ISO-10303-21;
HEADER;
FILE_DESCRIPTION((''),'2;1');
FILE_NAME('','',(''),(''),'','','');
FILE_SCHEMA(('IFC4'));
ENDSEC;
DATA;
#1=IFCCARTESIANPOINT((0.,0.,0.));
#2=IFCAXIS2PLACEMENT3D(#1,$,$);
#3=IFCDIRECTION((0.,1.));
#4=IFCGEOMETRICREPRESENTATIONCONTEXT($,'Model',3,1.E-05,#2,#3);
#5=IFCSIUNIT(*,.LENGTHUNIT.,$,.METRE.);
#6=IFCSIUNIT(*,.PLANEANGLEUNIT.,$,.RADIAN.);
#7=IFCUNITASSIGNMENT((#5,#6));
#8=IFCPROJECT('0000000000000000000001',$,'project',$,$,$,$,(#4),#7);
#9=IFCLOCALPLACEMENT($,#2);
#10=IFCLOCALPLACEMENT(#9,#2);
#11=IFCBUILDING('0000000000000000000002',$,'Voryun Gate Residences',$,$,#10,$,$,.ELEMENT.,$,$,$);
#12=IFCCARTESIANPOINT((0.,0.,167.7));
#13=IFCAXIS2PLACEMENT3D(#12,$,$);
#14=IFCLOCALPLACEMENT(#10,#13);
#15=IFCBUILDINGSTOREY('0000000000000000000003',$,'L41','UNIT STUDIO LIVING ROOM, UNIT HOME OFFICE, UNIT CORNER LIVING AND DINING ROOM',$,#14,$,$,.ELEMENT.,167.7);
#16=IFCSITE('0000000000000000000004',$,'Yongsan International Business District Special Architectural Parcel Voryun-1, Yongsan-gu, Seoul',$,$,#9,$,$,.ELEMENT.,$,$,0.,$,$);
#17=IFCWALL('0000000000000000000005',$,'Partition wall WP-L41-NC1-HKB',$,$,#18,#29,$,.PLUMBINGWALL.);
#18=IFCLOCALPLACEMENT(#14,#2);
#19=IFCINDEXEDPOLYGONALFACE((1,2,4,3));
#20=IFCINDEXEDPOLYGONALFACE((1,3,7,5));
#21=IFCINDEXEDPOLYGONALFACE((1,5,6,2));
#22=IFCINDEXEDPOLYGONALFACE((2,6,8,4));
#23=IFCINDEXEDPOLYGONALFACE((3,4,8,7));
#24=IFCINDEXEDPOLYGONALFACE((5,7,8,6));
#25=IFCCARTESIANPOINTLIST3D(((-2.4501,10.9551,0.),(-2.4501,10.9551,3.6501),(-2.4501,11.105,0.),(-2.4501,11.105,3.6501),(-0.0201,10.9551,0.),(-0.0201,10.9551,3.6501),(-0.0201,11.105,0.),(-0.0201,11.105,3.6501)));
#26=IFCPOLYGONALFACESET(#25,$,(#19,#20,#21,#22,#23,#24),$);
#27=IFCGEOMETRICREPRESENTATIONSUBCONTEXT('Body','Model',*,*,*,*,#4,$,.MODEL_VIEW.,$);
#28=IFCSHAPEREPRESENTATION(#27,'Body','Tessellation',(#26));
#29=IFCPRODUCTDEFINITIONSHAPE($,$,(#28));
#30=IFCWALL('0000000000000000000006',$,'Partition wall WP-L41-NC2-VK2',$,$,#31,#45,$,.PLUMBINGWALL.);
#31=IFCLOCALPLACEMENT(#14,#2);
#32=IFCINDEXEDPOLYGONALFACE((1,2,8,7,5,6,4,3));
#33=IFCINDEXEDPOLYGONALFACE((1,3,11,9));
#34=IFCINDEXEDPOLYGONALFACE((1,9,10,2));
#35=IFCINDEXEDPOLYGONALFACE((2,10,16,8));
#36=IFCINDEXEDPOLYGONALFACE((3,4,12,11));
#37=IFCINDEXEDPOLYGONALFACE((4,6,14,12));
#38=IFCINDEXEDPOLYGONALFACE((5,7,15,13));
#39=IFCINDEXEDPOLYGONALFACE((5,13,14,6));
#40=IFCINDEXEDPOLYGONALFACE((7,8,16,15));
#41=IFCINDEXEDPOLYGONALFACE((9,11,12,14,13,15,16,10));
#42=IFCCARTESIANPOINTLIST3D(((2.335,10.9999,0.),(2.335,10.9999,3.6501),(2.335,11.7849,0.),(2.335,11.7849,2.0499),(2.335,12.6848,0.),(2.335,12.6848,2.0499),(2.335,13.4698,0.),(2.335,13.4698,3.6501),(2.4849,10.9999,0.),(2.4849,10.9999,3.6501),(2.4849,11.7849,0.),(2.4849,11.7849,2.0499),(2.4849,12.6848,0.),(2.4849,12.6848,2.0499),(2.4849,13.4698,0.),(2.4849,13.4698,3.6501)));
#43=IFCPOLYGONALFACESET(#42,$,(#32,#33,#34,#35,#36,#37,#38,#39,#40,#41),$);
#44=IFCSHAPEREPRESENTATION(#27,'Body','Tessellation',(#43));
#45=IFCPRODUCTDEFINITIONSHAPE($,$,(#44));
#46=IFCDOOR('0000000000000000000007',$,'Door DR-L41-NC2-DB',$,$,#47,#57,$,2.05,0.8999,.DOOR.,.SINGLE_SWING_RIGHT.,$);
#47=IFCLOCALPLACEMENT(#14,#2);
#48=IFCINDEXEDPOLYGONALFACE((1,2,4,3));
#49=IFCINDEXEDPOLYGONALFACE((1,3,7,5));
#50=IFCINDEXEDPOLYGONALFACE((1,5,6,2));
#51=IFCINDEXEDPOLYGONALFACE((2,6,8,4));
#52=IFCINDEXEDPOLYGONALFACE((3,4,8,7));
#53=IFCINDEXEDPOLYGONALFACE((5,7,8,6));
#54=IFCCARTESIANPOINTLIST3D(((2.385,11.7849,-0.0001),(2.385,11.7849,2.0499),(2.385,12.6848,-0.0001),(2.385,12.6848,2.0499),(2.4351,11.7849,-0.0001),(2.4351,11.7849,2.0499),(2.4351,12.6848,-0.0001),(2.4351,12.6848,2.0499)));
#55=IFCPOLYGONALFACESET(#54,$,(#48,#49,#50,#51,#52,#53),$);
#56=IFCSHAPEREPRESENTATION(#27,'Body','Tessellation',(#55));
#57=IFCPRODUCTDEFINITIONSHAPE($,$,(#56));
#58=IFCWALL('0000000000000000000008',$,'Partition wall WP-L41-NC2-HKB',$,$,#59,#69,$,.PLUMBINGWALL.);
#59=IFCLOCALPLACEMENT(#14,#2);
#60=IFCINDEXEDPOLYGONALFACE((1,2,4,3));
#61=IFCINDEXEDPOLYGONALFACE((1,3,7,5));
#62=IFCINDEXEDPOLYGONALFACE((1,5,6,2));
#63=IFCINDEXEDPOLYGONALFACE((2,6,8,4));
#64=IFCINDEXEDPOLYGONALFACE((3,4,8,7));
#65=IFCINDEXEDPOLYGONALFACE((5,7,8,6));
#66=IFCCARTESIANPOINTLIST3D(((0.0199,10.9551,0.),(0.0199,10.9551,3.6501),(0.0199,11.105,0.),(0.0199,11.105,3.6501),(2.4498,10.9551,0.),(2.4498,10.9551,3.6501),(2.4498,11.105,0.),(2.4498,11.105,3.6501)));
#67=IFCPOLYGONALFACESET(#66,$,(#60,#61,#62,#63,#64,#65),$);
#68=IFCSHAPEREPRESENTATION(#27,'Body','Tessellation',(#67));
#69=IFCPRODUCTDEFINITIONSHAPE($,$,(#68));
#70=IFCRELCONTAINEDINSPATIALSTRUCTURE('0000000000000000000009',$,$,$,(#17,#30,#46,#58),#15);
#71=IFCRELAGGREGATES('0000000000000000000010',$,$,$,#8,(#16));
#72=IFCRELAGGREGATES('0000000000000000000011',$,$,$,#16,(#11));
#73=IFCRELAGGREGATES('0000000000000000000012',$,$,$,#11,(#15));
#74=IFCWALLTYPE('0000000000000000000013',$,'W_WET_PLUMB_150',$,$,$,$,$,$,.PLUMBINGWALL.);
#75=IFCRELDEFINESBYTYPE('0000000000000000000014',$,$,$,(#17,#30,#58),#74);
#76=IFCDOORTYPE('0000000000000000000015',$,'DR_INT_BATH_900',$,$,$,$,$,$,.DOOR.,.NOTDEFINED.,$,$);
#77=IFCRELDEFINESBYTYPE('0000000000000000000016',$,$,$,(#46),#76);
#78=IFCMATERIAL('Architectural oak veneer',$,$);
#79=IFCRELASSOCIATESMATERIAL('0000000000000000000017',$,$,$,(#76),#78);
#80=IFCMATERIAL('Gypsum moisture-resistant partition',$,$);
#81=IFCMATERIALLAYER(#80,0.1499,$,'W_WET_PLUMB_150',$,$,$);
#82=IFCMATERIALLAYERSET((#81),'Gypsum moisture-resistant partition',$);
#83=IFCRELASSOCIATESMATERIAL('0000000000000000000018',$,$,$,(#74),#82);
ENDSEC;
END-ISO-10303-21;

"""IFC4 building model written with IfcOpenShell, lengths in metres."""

from ifc_helpers import new_model, si_unit, direction, frame, frame_2d, origin, place, context, subcontext, project, spatial, rectangle, extrude, material, layer, layer_set, type_object, element, fill, save


model = new_model("IFC4")

# Units and contexts
model_context = context("Model", 3, precision=1e-05, world=origin(), true_north=direction((0.0, 1.0)))
body_context = subcontext(model_context, "Body", "Model", "MODEL_VIEW")
ifc_project = project(units=[si_unit("LENGTHUNIT", "METRE"), si_unit("PLANEANGLEUNIT", "RADIAN")], contexts=[model_context])

# Site, building, storey
site_placement = place(None, origin())
site = spatial("IfcSite", under=ifc_project, at=site_placement, Name="Yongsan International Business District Special Architectural Parcel Voryun-1, Yongsan-gu, Seoul", CompositionType="ELEMENT", RefElevation=0.0)
building_placement = place(site_placement, origin())
building = spatial("IfcBuilding", under=site, at=building_placement, Name="Voryun Gate Residences", CompositionType="ELEMENT")
storey_placement = place(building_placement, frame((0.0, 0.0, 167.7)))
storey = spatial("IfcBuildingStorey", under=building, at=storey_placement, Name="L41", Description="UNIT STUDIO LIVING ROOM, UNIT HOME OFFICE, UNIT CORNER LIVING AND DINING ROOM", CompositionType="ELEMENT", Elevation=167.7)

# Shared definitions
ifc_material_1 = material(Name="Architectural oak veneer")
door_type_1 = type_object("IfcDoorType", Name="DR_INT_BATH_900", OperationType="NOTDEFINED", PredefinedType="DOOR", material=ifc_material_1)

# Shared definitions
ifc_material_2 = material(Name="Gypsum moisture-resistant partition")
ifc_layer_1 = layer(ifc_material_2, 0.1499, Name="W_WET_PLUMB_150")
ifc_layer_set_1 = layer_set([ifc_layer_1], Name="Gypsum moisture-resistant partition")
wall_type_1 = type_object("IfcWallType", Name="W_WET_PLUMB_150", PredefinedType="PLUMBINGWALL", material=ifc_layer_set_1)

# Wall
wall_1_placement = place(storey_placement, frame((-2.45, 11.03, 0.0), z_axis=(0.0, 0.0, 1.0), x_axis=(1.0, 0.0, 0.0)))
element("IfcWall", 1, at=wall_1_placement, inside=storey, type_object=wall_type_1, Name="Partition wall WP-L41-NC1-HKB", PredefinedType="PLUMBINGWALL", context=body_context, shape_type="SweptSolid", body=[
    extrude(rectangle(XDim=2.4299, YDim=0.1499, at=frame_2d((1.2148, 0.0))), origin(), (0.0, 0.0, 1.0), 3.6501),
])

# Wall, opening, door
wall_2_placement = place(storey_placement, frame((2.4099, 11.0, 0.0), z_axis=(0.0, 0.0, 1.0), x_axis=(0.0, 1.0, 0.0)))
wall_2 = element("IfcWall", 2, at=wall_2_placement, inside=storey, type_object=wall_type_1, Name="Partition wall WP-L41-NC2-VK2", PredefinedType="PLUMBINGWALL", context=body_context, shape_type="SweptSolid", body=[
    extrude(rectangle(XDim=2.47, YDim=0.1499, at=frame_2d((1.2349, 0.0))), origin(), (0.0, 0.0, 1.0), 3.6501),
])
opening_1_placement = place(wall_2_placement, frame((0.7849, 0.0, 0.0)))
opening_1 = element("IfcOpeningElement", 3, at=opening_1_placement, cuts=wall_2, PredefinedType="OPENING", context=body_context, shape_type="SweptSolid", body=[
    extrude(rectangle(XDim=0.8999, YDim=2.05, at=frame_2d((0.45, 1.0249))), frame((0.0, 0.085, 0.0), z_axis=(0.0, -1.0, 0.0), x_axis=(1.0, 0.0, 0.0)), (0.0, 0.0, 1.0), 0.1699),
])
door_1_placement = place(opening_1_placement, origin())
door_1 = element("IfcDoor", 4, at=door_1_placement, inside=storey, type_object=door_type_1, Name="Door DR-L41-NC2-DB", OperationType="SINGLE_SWING_RIGHT", OverallHeight=2.05, OverallWidth=0.8999, PredefinedType="DOOR", context=body_context, shape_type="SweptSolid", body=[
    extrude(rectangle(XDim=0.8999, YDim=2.05, at=frame_2d((0.45, 1.0249))), frame((0.0, 0.0249, 0.0), z_axis=(0.0, -1.0, 0.0), x_axis=(1.0, 0.0, 0.0)), (0.0, 0.0, 1.0), 0.05),
])
fill(opening_1, door_1)

# Wall
wall_3_placement = place(storey_placement, frame((0.02, 11.03, 0.0), z_axis=(0.0, 0.0, 1.0), x_axis=(1.0, 0.0, 0.0)))
element("IfcWall", 5, at=wall_3_placement, inside=storey, type_object=wall_type_1, Name="Partition wall WP-L41-NC2-HKB", PredefinedType="PLUMBINGWALL", context=body_context, shape_type="SweptSolid", body=[
    extrude(rectangle(XDim=2.4299, YDim=0.1499, at=frame_2d((1.2148, 0.0))), origin(), (0.0, 0.0, 1.0), 3.6501),
])

save(model, "model.ifc")
